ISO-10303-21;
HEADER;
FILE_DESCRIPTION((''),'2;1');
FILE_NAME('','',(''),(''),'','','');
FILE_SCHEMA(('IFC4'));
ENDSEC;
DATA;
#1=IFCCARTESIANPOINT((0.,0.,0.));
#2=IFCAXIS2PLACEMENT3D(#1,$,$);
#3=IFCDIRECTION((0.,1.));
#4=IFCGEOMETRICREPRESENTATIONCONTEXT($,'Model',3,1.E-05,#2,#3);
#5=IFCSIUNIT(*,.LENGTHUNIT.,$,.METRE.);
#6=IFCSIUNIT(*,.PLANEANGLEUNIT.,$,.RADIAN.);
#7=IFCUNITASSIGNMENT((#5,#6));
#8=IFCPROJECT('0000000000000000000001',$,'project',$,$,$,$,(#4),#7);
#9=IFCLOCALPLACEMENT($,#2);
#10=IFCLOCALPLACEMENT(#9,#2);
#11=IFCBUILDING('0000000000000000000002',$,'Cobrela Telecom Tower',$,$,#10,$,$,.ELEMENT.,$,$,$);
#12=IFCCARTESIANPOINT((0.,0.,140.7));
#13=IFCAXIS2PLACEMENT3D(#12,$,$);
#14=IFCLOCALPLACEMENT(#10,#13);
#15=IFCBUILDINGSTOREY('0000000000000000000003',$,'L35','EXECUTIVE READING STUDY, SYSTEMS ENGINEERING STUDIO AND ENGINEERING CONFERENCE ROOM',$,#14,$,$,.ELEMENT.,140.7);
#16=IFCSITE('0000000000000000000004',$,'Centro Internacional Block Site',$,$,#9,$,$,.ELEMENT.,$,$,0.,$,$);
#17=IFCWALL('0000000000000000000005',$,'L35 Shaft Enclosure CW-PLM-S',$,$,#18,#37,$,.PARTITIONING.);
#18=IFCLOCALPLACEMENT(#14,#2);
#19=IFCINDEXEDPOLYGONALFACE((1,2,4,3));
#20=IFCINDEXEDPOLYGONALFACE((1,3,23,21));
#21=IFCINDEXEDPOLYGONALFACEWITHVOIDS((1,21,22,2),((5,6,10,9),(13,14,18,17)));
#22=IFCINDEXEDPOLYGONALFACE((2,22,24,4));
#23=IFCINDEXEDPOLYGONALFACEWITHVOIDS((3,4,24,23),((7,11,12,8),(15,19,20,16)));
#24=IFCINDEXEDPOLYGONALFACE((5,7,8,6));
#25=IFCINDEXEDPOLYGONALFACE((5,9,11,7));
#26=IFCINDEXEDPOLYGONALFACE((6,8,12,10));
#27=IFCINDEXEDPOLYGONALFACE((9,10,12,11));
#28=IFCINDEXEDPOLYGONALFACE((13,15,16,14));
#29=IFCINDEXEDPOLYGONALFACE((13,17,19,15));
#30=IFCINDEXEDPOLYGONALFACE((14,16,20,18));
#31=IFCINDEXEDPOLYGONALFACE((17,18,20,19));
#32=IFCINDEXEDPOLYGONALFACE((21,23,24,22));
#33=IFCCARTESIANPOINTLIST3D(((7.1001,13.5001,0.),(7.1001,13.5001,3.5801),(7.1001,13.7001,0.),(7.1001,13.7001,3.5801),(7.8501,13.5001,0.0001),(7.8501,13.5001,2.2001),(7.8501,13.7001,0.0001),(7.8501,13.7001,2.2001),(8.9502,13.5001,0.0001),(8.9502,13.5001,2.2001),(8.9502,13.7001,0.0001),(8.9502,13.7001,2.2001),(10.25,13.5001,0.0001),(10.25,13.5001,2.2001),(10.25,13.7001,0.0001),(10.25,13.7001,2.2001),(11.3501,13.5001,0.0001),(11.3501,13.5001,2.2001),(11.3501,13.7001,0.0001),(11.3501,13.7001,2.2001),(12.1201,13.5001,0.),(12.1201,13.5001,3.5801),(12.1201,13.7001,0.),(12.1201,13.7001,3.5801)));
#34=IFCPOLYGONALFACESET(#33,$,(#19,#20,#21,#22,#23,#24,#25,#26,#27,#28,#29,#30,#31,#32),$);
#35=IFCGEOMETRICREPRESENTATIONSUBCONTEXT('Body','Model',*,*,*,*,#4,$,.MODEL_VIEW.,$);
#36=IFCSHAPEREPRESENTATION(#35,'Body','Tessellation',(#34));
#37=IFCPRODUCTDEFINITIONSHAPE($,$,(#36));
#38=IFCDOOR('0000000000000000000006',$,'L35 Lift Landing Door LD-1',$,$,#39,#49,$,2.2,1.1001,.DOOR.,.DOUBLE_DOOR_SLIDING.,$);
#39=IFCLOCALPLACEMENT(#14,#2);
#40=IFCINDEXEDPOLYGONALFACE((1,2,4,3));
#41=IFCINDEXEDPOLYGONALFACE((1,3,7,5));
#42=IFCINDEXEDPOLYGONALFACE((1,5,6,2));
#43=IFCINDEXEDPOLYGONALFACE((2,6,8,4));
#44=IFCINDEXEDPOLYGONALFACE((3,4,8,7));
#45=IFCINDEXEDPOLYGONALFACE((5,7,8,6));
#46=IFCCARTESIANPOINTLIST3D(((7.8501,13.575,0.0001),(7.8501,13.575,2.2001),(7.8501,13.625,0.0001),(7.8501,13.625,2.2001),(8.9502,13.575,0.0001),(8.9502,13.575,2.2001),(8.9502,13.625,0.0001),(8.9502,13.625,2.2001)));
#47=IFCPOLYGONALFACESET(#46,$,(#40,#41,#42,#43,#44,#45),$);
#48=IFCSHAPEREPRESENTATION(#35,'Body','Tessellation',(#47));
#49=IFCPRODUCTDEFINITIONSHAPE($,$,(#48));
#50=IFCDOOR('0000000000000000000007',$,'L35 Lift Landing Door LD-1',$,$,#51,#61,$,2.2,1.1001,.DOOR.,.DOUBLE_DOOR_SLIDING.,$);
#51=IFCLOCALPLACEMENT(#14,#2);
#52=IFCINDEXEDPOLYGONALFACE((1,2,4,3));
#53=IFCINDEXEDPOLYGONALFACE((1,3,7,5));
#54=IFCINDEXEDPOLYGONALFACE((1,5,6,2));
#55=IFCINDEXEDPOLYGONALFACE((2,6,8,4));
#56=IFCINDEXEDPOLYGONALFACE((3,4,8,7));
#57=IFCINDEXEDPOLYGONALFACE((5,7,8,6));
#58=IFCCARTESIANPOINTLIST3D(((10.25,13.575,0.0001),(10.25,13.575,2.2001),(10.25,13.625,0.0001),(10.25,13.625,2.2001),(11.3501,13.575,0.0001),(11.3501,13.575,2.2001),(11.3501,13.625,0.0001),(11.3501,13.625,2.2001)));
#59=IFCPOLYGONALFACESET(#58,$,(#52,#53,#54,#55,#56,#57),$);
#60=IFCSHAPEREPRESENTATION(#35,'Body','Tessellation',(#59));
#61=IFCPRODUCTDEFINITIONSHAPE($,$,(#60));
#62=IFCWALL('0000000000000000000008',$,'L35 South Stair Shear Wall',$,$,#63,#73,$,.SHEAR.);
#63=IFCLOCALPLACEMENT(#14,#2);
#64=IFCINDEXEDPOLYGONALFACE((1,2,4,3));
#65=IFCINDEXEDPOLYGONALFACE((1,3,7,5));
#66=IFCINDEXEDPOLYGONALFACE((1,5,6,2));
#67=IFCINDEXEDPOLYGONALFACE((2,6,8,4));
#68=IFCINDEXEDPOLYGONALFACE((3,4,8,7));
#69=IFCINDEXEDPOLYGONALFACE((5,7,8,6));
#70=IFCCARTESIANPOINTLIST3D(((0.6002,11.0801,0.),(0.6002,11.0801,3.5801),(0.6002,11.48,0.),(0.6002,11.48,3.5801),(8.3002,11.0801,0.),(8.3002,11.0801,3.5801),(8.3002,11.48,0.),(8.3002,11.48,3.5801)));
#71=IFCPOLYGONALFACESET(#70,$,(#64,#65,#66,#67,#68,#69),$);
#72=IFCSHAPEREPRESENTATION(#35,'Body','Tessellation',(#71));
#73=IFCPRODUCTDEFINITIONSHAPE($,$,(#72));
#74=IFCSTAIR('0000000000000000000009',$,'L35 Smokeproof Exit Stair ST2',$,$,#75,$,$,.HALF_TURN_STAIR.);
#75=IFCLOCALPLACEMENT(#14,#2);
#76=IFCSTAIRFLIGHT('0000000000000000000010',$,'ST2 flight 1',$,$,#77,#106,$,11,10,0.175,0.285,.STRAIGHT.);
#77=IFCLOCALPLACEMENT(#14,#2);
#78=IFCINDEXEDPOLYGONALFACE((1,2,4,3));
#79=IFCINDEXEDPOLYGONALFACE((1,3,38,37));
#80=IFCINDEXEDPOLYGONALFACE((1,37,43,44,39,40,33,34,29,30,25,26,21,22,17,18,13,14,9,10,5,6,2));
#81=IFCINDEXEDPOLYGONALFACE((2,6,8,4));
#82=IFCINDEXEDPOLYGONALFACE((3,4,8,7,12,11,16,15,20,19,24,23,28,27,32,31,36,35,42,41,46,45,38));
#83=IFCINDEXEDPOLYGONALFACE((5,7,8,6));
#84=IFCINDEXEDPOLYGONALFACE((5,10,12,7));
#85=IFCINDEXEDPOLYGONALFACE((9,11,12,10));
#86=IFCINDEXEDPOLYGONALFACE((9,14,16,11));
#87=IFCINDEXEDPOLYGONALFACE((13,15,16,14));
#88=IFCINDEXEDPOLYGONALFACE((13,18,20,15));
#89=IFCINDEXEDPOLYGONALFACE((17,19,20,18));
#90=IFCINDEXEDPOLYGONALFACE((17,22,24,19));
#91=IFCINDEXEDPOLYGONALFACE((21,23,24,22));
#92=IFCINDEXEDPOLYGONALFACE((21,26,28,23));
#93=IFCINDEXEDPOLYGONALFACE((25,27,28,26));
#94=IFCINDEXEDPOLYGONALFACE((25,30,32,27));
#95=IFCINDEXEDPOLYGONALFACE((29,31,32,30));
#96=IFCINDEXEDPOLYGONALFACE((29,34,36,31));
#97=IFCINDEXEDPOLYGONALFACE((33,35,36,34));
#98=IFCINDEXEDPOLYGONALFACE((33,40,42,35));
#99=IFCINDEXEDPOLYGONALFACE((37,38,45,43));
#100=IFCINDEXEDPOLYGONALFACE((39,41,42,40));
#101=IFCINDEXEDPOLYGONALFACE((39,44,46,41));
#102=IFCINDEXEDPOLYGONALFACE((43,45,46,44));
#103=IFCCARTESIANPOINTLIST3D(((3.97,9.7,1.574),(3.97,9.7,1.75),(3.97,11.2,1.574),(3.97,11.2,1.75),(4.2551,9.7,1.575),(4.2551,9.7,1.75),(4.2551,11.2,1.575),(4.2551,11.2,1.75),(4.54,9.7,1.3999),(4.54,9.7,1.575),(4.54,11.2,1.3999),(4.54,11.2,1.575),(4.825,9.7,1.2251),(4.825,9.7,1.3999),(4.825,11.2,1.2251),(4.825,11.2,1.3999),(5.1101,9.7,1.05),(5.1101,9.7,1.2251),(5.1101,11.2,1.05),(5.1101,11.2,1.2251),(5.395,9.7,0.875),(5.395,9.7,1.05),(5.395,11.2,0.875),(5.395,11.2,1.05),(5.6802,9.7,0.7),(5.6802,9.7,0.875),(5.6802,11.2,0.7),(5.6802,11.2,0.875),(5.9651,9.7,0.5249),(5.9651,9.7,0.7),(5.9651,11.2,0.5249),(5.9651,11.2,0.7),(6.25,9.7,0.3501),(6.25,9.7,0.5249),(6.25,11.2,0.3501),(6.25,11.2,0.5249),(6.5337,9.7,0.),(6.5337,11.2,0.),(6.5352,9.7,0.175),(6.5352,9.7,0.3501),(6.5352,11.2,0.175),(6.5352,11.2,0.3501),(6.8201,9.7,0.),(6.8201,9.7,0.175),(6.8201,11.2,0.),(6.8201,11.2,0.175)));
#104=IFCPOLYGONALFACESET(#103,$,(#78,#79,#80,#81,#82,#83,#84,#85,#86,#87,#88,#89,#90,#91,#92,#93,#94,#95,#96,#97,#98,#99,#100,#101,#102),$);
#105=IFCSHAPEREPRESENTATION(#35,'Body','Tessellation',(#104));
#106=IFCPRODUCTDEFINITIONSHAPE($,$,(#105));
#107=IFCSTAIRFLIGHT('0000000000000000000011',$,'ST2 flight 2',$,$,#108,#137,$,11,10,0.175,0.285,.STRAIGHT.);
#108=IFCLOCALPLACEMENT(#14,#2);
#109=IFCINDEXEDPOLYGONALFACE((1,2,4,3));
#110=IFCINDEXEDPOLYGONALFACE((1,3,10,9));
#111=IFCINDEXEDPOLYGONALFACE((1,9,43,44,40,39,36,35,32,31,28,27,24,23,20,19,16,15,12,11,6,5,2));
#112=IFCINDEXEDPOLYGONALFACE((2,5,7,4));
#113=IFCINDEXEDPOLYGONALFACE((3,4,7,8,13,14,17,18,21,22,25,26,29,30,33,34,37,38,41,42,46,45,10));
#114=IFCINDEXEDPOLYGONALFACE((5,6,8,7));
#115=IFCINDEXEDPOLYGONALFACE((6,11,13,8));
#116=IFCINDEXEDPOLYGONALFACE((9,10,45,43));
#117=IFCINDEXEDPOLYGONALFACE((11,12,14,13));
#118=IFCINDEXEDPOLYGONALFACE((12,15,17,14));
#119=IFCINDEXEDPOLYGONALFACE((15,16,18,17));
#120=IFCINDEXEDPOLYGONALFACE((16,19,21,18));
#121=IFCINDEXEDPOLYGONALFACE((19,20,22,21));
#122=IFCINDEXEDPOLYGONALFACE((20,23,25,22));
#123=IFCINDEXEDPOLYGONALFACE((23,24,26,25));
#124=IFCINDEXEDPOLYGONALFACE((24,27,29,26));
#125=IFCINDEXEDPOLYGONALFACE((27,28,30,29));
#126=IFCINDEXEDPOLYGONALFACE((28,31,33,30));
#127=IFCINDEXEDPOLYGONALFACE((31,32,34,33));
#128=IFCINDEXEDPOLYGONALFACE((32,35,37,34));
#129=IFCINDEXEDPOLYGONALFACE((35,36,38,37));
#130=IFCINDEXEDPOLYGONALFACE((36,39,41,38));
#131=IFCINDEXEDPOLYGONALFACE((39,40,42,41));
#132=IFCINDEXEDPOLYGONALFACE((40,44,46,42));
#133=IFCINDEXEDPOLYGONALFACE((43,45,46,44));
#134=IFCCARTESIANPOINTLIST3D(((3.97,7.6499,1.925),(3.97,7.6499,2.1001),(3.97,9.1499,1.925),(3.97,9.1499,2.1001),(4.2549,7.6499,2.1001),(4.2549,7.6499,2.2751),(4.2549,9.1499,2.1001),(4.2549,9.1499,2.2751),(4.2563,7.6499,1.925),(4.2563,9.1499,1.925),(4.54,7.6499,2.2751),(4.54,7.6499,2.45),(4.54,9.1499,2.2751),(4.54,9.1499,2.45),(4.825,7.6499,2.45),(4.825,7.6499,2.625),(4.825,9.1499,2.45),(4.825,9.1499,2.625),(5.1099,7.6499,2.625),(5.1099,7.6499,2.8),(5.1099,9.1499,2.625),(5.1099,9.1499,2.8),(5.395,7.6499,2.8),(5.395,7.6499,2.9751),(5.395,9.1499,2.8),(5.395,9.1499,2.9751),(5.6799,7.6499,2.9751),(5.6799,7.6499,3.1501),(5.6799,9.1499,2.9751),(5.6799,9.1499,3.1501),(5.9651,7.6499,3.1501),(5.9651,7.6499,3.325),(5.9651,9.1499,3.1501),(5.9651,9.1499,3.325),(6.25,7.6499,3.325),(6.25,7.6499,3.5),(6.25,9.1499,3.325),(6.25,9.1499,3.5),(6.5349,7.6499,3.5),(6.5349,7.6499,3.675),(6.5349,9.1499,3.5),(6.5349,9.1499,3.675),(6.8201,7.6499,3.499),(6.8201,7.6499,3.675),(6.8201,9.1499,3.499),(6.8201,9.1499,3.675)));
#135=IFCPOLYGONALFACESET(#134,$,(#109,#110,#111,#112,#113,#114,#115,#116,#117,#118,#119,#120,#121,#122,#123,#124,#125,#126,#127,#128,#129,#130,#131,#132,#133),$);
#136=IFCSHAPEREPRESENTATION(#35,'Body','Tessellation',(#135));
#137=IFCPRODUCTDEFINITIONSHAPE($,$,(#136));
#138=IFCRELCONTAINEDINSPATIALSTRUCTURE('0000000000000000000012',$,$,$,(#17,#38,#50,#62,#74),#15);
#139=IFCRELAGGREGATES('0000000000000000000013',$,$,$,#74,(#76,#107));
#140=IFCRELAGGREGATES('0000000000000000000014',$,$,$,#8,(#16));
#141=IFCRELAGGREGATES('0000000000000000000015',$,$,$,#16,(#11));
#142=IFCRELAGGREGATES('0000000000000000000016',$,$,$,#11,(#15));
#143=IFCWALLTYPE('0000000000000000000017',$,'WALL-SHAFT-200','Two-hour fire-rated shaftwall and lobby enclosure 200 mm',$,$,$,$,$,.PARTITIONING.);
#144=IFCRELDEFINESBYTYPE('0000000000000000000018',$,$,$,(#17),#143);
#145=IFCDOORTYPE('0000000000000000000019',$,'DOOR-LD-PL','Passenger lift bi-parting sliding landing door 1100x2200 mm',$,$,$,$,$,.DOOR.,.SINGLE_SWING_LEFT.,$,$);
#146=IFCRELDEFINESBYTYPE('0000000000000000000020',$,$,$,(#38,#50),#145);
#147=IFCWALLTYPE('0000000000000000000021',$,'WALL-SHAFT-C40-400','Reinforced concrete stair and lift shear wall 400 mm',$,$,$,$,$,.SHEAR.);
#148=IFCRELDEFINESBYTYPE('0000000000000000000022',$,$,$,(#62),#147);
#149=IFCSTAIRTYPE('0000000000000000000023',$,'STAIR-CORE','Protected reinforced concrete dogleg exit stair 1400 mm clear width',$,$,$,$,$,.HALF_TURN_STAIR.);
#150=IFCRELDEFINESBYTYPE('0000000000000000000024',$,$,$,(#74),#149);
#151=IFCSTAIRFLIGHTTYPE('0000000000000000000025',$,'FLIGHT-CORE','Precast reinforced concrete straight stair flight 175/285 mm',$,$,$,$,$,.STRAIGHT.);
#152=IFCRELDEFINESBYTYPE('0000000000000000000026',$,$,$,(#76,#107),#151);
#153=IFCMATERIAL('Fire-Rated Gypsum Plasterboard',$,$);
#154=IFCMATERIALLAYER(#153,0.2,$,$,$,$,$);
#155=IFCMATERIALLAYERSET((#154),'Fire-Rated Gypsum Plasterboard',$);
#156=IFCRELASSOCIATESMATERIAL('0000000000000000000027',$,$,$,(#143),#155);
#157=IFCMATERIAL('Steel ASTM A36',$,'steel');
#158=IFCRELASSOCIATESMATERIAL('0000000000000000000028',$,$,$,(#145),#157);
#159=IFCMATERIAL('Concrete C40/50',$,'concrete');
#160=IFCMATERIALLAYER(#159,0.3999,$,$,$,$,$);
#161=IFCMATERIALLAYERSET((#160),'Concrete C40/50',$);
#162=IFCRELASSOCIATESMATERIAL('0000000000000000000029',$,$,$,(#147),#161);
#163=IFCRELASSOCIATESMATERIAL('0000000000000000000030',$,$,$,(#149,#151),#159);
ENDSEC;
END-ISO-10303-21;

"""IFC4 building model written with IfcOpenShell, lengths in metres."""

from ifc_helpers import new_model, si_unit, direction, frame, frame_2d, origin, place, context, subcontext, project, spatial, polyline, rectangle, outline, extrude, material, layer, layer_set, type_object, element, fill, aggregate, save


model = new_model("IFC4")

# Units and contexts
model_context = context("Model", 3, precision=1e-05, world=origin(), true_north=direction((0.0, 1.0)))
body_context = subcontext(model_context, "Body", "Model", "MODEL_VIEW")
ifc_project = project(units=[si_unit("LENGTHUNIT", "METRE"), si_unit("PLANEANGLEUNIT", "RADIAN")], contexts=[model_context])

# Site, building, storey
site_placement = place(None, origin())
site = spatial("IfcSite", under=ifc_project, at=site_placement, Name="Centro Internacional Block Site", CompositionType="ELEMENT", RefElevation=0.0)
building_placement = place(site_placement, origin())
building = spatial("IfcBuilding", under=site, at=building_placement, Name="Cobrela Telecom Tower", CompositionType="ELEMENT")
storey_placement = place(building_placement, frame((0.0, 0.0, 140.7)))
storey = spatial("IfcBuildingStorey", under=building, at=storey_placement, Name="L35", Description="EXECUTIVE READING STUDY, SYSTEMS ENGINEERING STUDIO AND ENGINEERING CONFERENCE ROOM", CompositionType="ELEMENT", Elevation=140.7)

# Shared definitions
ifc_material_1 = material(Name="Fire-Rated Gypsum Plasterboard")

# Shared definitions
ifc_layer_1 = layer(ifc_material_1, 0.2)
ifc_layer_set_1 = layer_set([ifc_layer_1], Name="Fire-Rated Gypsum Plasterboard")
wall_type_1 = type_object("IfcWallType", Name="WALL-SHAFT-200", Description="Two-hour fire-rated shaftwall and lobby enclosure 200 mm", PredefinedType="PARTITIONING", material=ifc_layer_set_1)

# Wall, openings, doors
ifc_material_2 = material(Name="Steel ASTM A36", Category="steel")
door_type_1 = type_object("IfcDoorType", Name="DOOR-LD-PL", Description="Passenger lift bi-parting sliding landing door 1100x2200 mm", OperationType="SINGLE_SWING_LEFT", PredefinedType="DOOR", material=ifc_material_2)
wall_1_placement = place(storey_placement, frame((7.1001, 13.6001, 0.0), z_axis=(0.0, 0.0, 1.0), x_axis=(1.0, 0.0, 0.0)))
wall_1 = element("IfcWall", 1, at=wall_1_placement, inside=storey, type_object=wall_type_1, Name="L35 Shaft Enclosure CW-PLM-S", PredefinedType="PARTITIONING", context=body_context, shape_type="SweptSolid", body=[
    extrude(rectangle(XDim=5.02, YDim=0.2, at=frame_2d((2.51, 0.0))), origin(), (0.0, 0.0, 1.0), 3.5801),
])
opening_1_placement = place(wall_1_placement, frame((0.75, 0.0, 0.0)))
opening_1 = element("IfcOpeningElement", 2, at=opening_1_placement, cuts=wall_1, PredefinedType="OPENING", context=body_context, shape_type="SweptSolid", body=[
    extrude(rectangle(XDim=1.1001, YDim=2.2, at=frame_2d((0.55, 1.1001))), frame((0.0, 0.1118, 0.0), z_axis=(0.0, -1.0, 0.0), x_axis=(1.0, 0.0, 0.0)), (0.0, 0.0, 1.0), 0.2239),
])
opening_2_placement = place(wall_1_placement, frame((3.1499, 0.0, 0.0)))
opening_2 = element("IfcOpeningElement", 3, at=opening_2_placement, cuts=wall_1, PredefinedType="OPENING", context=body_context, shape_type="SweptSolid", body=[
    extrude(rectangle(XDim=1.1001, YDim=2.2, at=frame_2d((0.55, 1.1001))), frame((0.0, 0.1118, 0.0), z_axis=(0.0, -1.0, 0.0), x_axis=(1.0, 0.0, 0.0)), (0.0, 0.0, 1.0), 0.2239),
])
door_1_placement = place(opening_1_placement, origin())
door_1 = element("IfcDoor", 4, at=door_1_placement, inside=storey, type_object=door_type_1, Name="L35 Lift Landing Door LD-1", OperationType="DOUBLE_DOOR_SLIDING", OverallHeight=2.2, OverallWidth=1.1001, PredefinedType="DOOR", context=body_context, shape_type="SweptSolid", body=[
    extrude(rectangle(XDim=1.1001, YDim=2.2, at=frame_2d((0.55, 1.1001))), frame((0.0, 0.0249, 0.0), z_axis=(0.0, -1.0, 0.0), x_axis=(1.0, 0.0, 0.0)), (0.0, 0.0, 1.0), 0.05),
])
fill(opening_1, door_1)
door_2_placement = place(opening_2_placement, origin())
door_2 = element("IfcDoor", 5, at=door_2_placement, inside=storey, type_object=door_type_1, Name="L35 Lift Landing Door LD-1", OperationType="DOUBLE_DOOR_SLIDING", OverallHeight=2.2, OverallWidth=1.1001, PredefinedType="DOOR", context=body_context, shape_type="SweptSolid", body=[
    extrude(rectangle(XDim=1.1001, YDim=2.2, at=frame_2d((0.55, 1.1001))), frame((0.0, 0.0249, 0.0), z_axis=(0.0, -1.0, 0.0), x_axis=(1.0, 0.0, 0.0)), (0.0, 0.0, 1.0), 0.05),
])
fill(opening_2, door_2)

# Wall
ifc_material_3 = material(Name="Concrete C40/50", Category="concrete")
ifc_layer_2 = layer(ifc_material_3, 0.3999)
ifc_layer_set_2 = layer_set([ifc_layer_2], Name="Concrete C40/50")
wall_type_2 = type_object("IfcWallType", Name="WALL-SHAFT-C40-400", Description="Reinforced concrete stair and lift shear wall 400 mm", PredefinedType="SHEAR", material=ifc_layer_set_2)
wall_2_placement = place(storey_placement, frame((0.6001, 11.28, 0.0), z_axis=(0.0, 0.0, 1.0), x_axis=(1.0, 0.0, 0.0)))
element("IfcWall", 6, at=wall_2_placement, inside=storey, type_object=wall_type_2, Name="L35 South Stair Shear Wall", PredefinedType="SHEAR", context=body_context, shape_type="SweptSolid", body=[
    extrude(rectangle(XDim=7.7, YDim=0.3999, at=frame_2d((3.8501, 0.0))), origin(), (0.0, 0.0, 1.0), 3.5801),
])

# Stair, stair flights
stair_type = type_object("IfcStairType", Name="STAIR-CORE", Description="Protected reinforced concrete dogleg exit stair 1400 mm clear width", PredefinedType="HALF_TURN_STAIR", material=ifc_material_3)
stair_placement = place(storey_placement, origin())
stair = element("IfcStair", 7, at=stair_placement, inside=storey, type_object=stair_type, Name="L35 Smokeproof Exit Stair ST2", PredefinedType="HALF_TURN_STAIR")
stair_flight_type = type_object("IfcStairFlightType", Name="FLIGHT-CORE", Description="Precast reinforced concrete straight stair flight 175/285 mm", PredefinedType="STRAIGHT", material=ifc_material_3)
stair_flight_1_placement = place(storey_placement, frame((6.8201, 10.45, 0.0), z_axis=(0.0, 0.0, 1.0), x_axis=(-1.0, 0.0, 0.0)))
stair_flight_1 = element("IfcStairFlight", 8, at=stair_flight_1_placement, type_object=stair_flight_type, Name="ST2 flight 1", NumberOfRisers=11, NumberOfTreads=10, PredefinedType="STRAIGHT", RiserHeight=0.175, TreadLength=0.285, context=body_context, shape_type="SweptSolid", body=[
    extrude(outline(polyline([(0.0, 0.0), (0.0, 0.175), (0.2849, 0.175), (0.2849, 0.3501), (0.5701, 0.3501), (0.5701, 0.5249), (0.855, 0.5249), (0.855, 0.7), (1.1399, 0.7), (1.1399, 0.875), (1.425, 0.875), (1.425, 1.05), (1.71, 1.05), (1.71, 1.2251), (1.9951, 1.2251), (1.9951, 1.3999), (2.28, 1.3999), (2.28, 1.575), (2.5649, 1.575), (2.5649, 1.75), (2.8501, 1.75), (2.8501, 1.925), (2.8501, 1.574), (0.2864, 0.0), (0.0, 0.0)])), frame((0.0, 0.75, 0.0), z_axis=(0.0, -1.0, 0.0), x_axis=(1.0, 0.0, 0.0)), (0.0, 0.0, 1.0), 1.5),
])
stair_flight_2_placement = place(storey_placement, frame((3.97, 8.3999, 1.925), z_axis=(0.0, 0.0, 1.0), x_axis=(1.0, 0.0, 0.0)))
stair_flight_2 = element("IfcStairFlight", 9, at=stair_flight_2_placement, type_object=stair_flight_type, Name="ST2 flight 2", NumberOfRisers=11, NumberOfTreads=10, PredefinedType="STRAIGHT", RiserHeight=0.175, TreadLength=0.285, context=body_context, shape_type="SweptSolid", body=[
    extrude(outline(polyline([(0.0, 0.0), (0.0, 0.175), (0.2849, 0.175), (0.2849, 0.3501), (0.5701, 0.3501), (0.5701, 0.5249), (0.855, 0.5249), (0.855, 0.7), (1.1399, 0.7), (1.1399, 0.875), (1.425, 0.875), (1.425, 1.05), (1.71, 1.05), (1.71, 1.2251), (1.9951, 1.2251), (1.9951, 1.3999), (2.28, 1.3999), (2.28, 1.575), (2.5649, 1.575), (2.5649, 1.75), (2.8501, 1.75), (2.8501, 1.925), (2.8501, 1.574), (0.2864, 0.0), (0.0, 0.0)])), frame((0.0, 0.75, 0.0), z_axis=(0.0, -1.0, 0.0), x_axis=(1.0, 0.0, 0.0)), (0.0, 0.0, 1.0), 1.5),
])
aggregate(stair, [stair_flight_1, stair_flight_2])

save(model, "model.ifc")
